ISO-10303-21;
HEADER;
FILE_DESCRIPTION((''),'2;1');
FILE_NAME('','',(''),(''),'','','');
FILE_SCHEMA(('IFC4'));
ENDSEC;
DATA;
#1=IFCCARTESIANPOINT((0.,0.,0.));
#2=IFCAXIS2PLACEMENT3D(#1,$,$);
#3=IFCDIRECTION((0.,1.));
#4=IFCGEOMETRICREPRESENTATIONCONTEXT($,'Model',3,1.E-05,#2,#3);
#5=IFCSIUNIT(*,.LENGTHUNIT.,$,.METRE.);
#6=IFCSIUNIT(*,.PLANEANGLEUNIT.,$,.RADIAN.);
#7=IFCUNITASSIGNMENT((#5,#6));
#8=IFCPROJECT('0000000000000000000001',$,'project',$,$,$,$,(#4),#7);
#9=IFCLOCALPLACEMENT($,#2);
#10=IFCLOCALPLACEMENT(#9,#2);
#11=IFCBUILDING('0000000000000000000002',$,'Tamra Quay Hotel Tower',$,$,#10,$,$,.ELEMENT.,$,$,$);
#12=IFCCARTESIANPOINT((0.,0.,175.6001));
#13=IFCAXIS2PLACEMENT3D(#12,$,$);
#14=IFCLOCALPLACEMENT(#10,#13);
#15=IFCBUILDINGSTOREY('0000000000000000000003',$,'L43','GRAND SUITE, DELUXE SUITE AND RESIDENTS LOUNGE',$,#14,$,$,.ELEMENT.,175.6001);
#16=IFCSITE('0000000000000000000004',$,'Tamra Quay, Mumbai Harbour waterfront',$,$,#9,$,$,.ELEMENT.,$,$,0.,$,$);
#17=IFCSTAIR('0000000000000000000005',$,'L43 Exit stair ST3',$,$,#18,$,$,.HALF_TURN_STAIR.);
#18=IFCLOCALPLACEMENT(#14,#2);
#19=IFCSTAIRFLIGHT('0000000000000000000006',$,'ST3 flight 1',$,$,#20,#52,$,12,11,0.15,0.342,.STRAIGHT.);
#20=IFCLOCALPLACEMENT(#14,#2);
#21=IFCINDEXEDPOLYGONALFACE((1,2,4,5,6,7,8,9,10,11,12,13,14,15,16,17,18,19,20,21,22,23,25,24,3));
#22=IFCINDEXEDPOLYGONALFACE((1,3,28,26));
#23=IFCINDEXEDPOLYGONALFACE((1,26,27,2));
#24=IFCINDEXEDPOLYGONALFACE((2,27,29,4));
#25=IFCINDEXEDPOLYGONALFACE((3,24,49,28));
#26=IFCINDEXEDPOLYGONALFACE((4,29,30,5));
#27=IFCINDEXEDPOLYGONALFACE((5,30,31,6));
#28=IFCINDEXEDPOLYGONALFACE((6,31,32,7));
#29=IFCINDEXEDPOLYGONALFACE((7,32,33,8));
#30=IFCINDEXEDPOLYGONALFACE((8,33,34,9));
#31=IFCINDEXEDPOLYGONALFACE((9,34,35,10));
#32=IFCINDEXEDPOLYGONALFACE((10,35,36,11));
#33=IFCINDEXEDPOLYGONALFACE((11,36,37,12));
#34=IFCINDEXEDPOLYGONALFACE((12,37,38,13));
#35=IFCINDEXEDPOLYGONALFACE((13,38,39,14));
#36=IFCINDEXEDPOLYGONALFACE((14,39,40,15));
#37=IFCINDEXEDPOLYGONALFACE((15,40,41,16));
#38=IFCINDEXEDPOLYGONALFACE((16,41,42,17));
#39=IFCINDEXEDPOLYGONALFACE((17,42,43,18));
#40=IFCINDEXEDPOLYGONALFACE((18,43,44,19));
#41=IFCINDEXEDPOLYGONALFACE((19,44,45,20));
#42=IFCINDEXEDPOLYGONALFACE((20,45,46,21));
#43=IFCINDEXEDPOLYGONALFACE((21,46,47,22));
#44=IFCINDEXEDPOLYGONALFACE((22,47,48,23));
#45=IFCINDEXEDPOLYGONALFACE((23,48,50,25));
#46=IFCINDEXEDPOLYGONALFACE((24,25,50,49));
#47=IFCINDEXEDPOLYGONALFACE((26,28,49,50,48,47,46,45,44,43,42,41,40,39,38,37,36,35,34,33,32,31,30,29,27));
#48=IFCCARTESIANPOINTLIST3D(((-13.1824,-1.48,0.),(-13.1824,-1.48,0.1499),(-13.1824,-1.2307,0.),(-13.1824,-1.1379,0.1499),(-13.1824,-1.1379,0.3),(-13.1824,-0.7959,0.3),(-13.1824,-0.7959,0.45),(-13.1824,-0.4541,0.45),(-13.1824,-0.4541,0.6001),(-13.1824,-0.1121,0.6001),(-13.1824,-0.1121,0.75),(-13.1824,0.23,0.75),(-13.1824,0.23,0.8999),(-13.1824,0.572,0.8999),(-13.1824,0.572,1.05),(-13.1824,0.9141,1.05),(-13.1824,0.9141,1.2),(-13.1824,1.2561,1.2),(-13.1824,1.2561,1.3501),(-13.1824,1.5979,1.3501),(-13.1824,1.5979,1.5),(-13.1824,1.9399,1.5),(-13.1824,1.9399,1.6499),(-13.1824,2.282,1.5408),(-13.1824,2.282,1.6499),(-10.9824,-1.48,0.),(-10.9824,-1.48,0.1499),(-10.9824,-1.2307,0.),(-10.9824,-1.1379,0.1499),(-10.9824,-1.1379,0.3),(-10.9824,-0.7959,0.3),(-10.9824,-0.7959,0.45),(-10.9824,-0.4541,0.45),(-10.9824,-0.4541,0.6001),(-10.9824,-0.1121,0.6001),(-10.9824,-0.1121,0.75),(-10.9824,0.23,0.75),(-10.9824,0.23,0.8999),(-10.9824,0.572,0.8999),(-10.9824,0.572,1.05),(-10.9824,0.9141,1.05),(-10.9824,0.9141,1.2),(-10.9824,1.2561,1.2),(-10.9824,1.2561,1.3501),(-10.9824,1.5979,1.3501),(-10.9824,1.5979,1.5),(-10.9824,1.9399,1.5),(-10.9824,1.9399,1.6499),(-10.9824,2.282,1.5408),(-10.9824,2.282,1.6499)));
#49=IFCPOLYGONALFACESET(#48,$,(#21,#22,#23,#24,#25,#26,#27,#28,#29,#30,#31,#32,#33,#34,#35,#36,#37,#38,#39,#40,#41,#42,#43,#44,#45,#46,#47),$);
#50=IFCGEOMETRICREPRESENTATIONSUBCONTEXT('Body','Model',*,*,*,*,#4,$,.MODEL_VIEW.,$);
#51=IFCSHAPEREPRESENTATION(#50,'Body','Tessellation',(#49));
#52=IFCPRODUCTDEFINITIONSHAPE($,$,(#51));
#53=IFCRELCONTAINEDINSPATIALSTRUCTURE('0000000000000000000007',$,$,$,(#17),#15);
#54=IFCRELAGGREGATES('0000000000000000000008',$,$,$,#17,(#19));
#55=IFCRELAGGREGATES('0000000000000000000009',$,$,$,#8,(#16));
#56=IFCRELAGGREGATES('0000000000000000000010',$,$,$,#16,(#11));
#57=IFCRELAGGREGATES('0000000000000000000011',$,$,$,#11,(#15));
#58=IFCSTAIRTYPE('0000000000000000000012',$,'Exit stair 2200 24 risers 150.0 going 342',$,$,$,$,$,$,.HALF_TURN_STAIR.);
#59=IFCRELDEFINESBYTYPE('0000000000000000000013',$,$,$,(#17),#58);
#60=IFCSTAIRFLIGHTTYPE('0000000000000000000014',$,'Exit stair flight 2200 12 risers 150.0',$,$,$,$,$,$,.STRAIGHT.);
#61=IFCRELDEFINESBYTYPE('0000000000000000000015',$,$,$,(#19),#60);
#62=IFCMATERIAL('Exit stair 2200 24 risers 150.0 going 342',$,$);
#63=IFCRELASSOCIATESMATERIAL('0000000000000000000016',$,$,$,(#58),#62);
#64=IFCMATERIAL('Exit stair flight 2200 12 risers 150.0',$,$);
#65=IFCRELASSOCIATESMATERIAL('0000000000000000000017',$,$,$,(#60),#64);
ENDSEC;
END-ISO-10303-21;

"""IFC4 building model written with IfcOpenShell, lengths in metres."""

from ifc_helpers import new_model, si_unit, direction, frame, origin, place, context, subcontext, project, spatial, polyline, outline, extrude, material, type_object, element, aggregate, save


model = new_model("IFC4")

# Units and contexts
model_context = context("Model", 3, precision=1e-05, world=origin(), true_north=direction((0.0, 1.0)))
body_context = subcontext(model_context, "Body", "Model", "MODEL_VIEW")
ifc_project = project(units=[si_unit("LENGTHUNIT", "METRE"), si_unit("PLANEANGLEUNIT", "RADIAN")], contexts=[model_context])

# Site, building, storey
site_placement = place(None, origin())
site = spatial("IfcSite", under=ifc_project, at=site_placement, Name="Tamra Quay, Mumbai Harbour waterfront", CompositionType="ELEMENT", RefElevation=0.0)
building_placement = place(site_placement, origin())
building = spatial("IfcBuilding", under=site, at=building_placement, Name="Tamra Quay Hotel Tower", CompositionType="ELEMENT")
storey_placement = place(building_placement, frame((0.0, 0.0, 175.6001)))
storey = spatial("IfcBuildingStorey", under=building, at=storey_placement, Name="L43", Description="GRAND SUITE, DELUXE SUITE AND RESIDENTS LOUNGE", CompositionType="ELEMENT", Elevation=175.6001)

# Stair, stair flight
ifc_material_1 = material(Name="Exit stair 2200 24 risers 150.0 going 342")
stair_type = type_object("IfcStairType", Name="Exit stair 2200 24 risers 150.0 going 342", PredefinedType="HALF_TURN_STAIR", material=ifc_material_1)
stair_placement = place(storey_placement, origin())
stair = element("IfcStair", 1, at=stair_placement, inside=storey, type_object=stair_type, Name="L43 Exit stair ST3", PredefinedType="HALF_TURN_STAIR")
ifc_material_2 = material(Name="Exit stair flight 2200 12 risers 150.0")
stair_flight_type = type_object("IfcStairFlightType", Name="Exit stair flight 2200 12 risers 150.0", PredefinedType="STRAIGHT", material=ifc_material_2)
stair_flight_placement = place(storey_placement, frame((-12.0823, -1.48, 0.0), z_axis=(0.0, 0.0, 1.0), x_axis=(0.0, 1.0, 0.0)))
stair_flight = element("IfcStairFlight", 2, at=stair_flight_placement, type_object=stair_flight_type, Name="ST3 flight 1", NumberOfRisers=12, NumberOfTreads=11, PredefinedType="STRAIGHT", RiserHeight=0.15, TreadLength=0.342, context=body_context, shape_type="SweptSolid", body=[
    extrude(outline(polyline([(0.0, 0.0), (0.0, 0.1499), (0.342, 0.1499), (0.342, 0.3), (0.6841, 0.3), (0.6841, 0.45), (1.0259, 0.45), (1.0259, 0.6001), (1.3679, 0.6001), (1.3679, 0.75), (1.71, 0.75), (1.71, 0.8999), (2.052, 0.8999), (2.052, 1.05), (2.394, 1.05), (2.394, 1.2), (2.7361, 1.2), (2.7361, 1.3501), (3.0779, 1.3501), (3.0779, 1.5), (3.4199, 1.5), (3.4199, 1.6499), (3.762, 1.6499), (3.762, 1.8), (3.762, 1.5408), (0.2493, 0.0), (0.0, 0.0)])), frame((0.0, 1.1001, 0.0), z_axis=(0.0, -1.0, 0.0), x_axis=(1.0, 0.0, 0.0)), (0.0, 0.0, 1.0), 2.2),
])
aggregate(stair, [stair_flight])

save(model, "model.ifc")
